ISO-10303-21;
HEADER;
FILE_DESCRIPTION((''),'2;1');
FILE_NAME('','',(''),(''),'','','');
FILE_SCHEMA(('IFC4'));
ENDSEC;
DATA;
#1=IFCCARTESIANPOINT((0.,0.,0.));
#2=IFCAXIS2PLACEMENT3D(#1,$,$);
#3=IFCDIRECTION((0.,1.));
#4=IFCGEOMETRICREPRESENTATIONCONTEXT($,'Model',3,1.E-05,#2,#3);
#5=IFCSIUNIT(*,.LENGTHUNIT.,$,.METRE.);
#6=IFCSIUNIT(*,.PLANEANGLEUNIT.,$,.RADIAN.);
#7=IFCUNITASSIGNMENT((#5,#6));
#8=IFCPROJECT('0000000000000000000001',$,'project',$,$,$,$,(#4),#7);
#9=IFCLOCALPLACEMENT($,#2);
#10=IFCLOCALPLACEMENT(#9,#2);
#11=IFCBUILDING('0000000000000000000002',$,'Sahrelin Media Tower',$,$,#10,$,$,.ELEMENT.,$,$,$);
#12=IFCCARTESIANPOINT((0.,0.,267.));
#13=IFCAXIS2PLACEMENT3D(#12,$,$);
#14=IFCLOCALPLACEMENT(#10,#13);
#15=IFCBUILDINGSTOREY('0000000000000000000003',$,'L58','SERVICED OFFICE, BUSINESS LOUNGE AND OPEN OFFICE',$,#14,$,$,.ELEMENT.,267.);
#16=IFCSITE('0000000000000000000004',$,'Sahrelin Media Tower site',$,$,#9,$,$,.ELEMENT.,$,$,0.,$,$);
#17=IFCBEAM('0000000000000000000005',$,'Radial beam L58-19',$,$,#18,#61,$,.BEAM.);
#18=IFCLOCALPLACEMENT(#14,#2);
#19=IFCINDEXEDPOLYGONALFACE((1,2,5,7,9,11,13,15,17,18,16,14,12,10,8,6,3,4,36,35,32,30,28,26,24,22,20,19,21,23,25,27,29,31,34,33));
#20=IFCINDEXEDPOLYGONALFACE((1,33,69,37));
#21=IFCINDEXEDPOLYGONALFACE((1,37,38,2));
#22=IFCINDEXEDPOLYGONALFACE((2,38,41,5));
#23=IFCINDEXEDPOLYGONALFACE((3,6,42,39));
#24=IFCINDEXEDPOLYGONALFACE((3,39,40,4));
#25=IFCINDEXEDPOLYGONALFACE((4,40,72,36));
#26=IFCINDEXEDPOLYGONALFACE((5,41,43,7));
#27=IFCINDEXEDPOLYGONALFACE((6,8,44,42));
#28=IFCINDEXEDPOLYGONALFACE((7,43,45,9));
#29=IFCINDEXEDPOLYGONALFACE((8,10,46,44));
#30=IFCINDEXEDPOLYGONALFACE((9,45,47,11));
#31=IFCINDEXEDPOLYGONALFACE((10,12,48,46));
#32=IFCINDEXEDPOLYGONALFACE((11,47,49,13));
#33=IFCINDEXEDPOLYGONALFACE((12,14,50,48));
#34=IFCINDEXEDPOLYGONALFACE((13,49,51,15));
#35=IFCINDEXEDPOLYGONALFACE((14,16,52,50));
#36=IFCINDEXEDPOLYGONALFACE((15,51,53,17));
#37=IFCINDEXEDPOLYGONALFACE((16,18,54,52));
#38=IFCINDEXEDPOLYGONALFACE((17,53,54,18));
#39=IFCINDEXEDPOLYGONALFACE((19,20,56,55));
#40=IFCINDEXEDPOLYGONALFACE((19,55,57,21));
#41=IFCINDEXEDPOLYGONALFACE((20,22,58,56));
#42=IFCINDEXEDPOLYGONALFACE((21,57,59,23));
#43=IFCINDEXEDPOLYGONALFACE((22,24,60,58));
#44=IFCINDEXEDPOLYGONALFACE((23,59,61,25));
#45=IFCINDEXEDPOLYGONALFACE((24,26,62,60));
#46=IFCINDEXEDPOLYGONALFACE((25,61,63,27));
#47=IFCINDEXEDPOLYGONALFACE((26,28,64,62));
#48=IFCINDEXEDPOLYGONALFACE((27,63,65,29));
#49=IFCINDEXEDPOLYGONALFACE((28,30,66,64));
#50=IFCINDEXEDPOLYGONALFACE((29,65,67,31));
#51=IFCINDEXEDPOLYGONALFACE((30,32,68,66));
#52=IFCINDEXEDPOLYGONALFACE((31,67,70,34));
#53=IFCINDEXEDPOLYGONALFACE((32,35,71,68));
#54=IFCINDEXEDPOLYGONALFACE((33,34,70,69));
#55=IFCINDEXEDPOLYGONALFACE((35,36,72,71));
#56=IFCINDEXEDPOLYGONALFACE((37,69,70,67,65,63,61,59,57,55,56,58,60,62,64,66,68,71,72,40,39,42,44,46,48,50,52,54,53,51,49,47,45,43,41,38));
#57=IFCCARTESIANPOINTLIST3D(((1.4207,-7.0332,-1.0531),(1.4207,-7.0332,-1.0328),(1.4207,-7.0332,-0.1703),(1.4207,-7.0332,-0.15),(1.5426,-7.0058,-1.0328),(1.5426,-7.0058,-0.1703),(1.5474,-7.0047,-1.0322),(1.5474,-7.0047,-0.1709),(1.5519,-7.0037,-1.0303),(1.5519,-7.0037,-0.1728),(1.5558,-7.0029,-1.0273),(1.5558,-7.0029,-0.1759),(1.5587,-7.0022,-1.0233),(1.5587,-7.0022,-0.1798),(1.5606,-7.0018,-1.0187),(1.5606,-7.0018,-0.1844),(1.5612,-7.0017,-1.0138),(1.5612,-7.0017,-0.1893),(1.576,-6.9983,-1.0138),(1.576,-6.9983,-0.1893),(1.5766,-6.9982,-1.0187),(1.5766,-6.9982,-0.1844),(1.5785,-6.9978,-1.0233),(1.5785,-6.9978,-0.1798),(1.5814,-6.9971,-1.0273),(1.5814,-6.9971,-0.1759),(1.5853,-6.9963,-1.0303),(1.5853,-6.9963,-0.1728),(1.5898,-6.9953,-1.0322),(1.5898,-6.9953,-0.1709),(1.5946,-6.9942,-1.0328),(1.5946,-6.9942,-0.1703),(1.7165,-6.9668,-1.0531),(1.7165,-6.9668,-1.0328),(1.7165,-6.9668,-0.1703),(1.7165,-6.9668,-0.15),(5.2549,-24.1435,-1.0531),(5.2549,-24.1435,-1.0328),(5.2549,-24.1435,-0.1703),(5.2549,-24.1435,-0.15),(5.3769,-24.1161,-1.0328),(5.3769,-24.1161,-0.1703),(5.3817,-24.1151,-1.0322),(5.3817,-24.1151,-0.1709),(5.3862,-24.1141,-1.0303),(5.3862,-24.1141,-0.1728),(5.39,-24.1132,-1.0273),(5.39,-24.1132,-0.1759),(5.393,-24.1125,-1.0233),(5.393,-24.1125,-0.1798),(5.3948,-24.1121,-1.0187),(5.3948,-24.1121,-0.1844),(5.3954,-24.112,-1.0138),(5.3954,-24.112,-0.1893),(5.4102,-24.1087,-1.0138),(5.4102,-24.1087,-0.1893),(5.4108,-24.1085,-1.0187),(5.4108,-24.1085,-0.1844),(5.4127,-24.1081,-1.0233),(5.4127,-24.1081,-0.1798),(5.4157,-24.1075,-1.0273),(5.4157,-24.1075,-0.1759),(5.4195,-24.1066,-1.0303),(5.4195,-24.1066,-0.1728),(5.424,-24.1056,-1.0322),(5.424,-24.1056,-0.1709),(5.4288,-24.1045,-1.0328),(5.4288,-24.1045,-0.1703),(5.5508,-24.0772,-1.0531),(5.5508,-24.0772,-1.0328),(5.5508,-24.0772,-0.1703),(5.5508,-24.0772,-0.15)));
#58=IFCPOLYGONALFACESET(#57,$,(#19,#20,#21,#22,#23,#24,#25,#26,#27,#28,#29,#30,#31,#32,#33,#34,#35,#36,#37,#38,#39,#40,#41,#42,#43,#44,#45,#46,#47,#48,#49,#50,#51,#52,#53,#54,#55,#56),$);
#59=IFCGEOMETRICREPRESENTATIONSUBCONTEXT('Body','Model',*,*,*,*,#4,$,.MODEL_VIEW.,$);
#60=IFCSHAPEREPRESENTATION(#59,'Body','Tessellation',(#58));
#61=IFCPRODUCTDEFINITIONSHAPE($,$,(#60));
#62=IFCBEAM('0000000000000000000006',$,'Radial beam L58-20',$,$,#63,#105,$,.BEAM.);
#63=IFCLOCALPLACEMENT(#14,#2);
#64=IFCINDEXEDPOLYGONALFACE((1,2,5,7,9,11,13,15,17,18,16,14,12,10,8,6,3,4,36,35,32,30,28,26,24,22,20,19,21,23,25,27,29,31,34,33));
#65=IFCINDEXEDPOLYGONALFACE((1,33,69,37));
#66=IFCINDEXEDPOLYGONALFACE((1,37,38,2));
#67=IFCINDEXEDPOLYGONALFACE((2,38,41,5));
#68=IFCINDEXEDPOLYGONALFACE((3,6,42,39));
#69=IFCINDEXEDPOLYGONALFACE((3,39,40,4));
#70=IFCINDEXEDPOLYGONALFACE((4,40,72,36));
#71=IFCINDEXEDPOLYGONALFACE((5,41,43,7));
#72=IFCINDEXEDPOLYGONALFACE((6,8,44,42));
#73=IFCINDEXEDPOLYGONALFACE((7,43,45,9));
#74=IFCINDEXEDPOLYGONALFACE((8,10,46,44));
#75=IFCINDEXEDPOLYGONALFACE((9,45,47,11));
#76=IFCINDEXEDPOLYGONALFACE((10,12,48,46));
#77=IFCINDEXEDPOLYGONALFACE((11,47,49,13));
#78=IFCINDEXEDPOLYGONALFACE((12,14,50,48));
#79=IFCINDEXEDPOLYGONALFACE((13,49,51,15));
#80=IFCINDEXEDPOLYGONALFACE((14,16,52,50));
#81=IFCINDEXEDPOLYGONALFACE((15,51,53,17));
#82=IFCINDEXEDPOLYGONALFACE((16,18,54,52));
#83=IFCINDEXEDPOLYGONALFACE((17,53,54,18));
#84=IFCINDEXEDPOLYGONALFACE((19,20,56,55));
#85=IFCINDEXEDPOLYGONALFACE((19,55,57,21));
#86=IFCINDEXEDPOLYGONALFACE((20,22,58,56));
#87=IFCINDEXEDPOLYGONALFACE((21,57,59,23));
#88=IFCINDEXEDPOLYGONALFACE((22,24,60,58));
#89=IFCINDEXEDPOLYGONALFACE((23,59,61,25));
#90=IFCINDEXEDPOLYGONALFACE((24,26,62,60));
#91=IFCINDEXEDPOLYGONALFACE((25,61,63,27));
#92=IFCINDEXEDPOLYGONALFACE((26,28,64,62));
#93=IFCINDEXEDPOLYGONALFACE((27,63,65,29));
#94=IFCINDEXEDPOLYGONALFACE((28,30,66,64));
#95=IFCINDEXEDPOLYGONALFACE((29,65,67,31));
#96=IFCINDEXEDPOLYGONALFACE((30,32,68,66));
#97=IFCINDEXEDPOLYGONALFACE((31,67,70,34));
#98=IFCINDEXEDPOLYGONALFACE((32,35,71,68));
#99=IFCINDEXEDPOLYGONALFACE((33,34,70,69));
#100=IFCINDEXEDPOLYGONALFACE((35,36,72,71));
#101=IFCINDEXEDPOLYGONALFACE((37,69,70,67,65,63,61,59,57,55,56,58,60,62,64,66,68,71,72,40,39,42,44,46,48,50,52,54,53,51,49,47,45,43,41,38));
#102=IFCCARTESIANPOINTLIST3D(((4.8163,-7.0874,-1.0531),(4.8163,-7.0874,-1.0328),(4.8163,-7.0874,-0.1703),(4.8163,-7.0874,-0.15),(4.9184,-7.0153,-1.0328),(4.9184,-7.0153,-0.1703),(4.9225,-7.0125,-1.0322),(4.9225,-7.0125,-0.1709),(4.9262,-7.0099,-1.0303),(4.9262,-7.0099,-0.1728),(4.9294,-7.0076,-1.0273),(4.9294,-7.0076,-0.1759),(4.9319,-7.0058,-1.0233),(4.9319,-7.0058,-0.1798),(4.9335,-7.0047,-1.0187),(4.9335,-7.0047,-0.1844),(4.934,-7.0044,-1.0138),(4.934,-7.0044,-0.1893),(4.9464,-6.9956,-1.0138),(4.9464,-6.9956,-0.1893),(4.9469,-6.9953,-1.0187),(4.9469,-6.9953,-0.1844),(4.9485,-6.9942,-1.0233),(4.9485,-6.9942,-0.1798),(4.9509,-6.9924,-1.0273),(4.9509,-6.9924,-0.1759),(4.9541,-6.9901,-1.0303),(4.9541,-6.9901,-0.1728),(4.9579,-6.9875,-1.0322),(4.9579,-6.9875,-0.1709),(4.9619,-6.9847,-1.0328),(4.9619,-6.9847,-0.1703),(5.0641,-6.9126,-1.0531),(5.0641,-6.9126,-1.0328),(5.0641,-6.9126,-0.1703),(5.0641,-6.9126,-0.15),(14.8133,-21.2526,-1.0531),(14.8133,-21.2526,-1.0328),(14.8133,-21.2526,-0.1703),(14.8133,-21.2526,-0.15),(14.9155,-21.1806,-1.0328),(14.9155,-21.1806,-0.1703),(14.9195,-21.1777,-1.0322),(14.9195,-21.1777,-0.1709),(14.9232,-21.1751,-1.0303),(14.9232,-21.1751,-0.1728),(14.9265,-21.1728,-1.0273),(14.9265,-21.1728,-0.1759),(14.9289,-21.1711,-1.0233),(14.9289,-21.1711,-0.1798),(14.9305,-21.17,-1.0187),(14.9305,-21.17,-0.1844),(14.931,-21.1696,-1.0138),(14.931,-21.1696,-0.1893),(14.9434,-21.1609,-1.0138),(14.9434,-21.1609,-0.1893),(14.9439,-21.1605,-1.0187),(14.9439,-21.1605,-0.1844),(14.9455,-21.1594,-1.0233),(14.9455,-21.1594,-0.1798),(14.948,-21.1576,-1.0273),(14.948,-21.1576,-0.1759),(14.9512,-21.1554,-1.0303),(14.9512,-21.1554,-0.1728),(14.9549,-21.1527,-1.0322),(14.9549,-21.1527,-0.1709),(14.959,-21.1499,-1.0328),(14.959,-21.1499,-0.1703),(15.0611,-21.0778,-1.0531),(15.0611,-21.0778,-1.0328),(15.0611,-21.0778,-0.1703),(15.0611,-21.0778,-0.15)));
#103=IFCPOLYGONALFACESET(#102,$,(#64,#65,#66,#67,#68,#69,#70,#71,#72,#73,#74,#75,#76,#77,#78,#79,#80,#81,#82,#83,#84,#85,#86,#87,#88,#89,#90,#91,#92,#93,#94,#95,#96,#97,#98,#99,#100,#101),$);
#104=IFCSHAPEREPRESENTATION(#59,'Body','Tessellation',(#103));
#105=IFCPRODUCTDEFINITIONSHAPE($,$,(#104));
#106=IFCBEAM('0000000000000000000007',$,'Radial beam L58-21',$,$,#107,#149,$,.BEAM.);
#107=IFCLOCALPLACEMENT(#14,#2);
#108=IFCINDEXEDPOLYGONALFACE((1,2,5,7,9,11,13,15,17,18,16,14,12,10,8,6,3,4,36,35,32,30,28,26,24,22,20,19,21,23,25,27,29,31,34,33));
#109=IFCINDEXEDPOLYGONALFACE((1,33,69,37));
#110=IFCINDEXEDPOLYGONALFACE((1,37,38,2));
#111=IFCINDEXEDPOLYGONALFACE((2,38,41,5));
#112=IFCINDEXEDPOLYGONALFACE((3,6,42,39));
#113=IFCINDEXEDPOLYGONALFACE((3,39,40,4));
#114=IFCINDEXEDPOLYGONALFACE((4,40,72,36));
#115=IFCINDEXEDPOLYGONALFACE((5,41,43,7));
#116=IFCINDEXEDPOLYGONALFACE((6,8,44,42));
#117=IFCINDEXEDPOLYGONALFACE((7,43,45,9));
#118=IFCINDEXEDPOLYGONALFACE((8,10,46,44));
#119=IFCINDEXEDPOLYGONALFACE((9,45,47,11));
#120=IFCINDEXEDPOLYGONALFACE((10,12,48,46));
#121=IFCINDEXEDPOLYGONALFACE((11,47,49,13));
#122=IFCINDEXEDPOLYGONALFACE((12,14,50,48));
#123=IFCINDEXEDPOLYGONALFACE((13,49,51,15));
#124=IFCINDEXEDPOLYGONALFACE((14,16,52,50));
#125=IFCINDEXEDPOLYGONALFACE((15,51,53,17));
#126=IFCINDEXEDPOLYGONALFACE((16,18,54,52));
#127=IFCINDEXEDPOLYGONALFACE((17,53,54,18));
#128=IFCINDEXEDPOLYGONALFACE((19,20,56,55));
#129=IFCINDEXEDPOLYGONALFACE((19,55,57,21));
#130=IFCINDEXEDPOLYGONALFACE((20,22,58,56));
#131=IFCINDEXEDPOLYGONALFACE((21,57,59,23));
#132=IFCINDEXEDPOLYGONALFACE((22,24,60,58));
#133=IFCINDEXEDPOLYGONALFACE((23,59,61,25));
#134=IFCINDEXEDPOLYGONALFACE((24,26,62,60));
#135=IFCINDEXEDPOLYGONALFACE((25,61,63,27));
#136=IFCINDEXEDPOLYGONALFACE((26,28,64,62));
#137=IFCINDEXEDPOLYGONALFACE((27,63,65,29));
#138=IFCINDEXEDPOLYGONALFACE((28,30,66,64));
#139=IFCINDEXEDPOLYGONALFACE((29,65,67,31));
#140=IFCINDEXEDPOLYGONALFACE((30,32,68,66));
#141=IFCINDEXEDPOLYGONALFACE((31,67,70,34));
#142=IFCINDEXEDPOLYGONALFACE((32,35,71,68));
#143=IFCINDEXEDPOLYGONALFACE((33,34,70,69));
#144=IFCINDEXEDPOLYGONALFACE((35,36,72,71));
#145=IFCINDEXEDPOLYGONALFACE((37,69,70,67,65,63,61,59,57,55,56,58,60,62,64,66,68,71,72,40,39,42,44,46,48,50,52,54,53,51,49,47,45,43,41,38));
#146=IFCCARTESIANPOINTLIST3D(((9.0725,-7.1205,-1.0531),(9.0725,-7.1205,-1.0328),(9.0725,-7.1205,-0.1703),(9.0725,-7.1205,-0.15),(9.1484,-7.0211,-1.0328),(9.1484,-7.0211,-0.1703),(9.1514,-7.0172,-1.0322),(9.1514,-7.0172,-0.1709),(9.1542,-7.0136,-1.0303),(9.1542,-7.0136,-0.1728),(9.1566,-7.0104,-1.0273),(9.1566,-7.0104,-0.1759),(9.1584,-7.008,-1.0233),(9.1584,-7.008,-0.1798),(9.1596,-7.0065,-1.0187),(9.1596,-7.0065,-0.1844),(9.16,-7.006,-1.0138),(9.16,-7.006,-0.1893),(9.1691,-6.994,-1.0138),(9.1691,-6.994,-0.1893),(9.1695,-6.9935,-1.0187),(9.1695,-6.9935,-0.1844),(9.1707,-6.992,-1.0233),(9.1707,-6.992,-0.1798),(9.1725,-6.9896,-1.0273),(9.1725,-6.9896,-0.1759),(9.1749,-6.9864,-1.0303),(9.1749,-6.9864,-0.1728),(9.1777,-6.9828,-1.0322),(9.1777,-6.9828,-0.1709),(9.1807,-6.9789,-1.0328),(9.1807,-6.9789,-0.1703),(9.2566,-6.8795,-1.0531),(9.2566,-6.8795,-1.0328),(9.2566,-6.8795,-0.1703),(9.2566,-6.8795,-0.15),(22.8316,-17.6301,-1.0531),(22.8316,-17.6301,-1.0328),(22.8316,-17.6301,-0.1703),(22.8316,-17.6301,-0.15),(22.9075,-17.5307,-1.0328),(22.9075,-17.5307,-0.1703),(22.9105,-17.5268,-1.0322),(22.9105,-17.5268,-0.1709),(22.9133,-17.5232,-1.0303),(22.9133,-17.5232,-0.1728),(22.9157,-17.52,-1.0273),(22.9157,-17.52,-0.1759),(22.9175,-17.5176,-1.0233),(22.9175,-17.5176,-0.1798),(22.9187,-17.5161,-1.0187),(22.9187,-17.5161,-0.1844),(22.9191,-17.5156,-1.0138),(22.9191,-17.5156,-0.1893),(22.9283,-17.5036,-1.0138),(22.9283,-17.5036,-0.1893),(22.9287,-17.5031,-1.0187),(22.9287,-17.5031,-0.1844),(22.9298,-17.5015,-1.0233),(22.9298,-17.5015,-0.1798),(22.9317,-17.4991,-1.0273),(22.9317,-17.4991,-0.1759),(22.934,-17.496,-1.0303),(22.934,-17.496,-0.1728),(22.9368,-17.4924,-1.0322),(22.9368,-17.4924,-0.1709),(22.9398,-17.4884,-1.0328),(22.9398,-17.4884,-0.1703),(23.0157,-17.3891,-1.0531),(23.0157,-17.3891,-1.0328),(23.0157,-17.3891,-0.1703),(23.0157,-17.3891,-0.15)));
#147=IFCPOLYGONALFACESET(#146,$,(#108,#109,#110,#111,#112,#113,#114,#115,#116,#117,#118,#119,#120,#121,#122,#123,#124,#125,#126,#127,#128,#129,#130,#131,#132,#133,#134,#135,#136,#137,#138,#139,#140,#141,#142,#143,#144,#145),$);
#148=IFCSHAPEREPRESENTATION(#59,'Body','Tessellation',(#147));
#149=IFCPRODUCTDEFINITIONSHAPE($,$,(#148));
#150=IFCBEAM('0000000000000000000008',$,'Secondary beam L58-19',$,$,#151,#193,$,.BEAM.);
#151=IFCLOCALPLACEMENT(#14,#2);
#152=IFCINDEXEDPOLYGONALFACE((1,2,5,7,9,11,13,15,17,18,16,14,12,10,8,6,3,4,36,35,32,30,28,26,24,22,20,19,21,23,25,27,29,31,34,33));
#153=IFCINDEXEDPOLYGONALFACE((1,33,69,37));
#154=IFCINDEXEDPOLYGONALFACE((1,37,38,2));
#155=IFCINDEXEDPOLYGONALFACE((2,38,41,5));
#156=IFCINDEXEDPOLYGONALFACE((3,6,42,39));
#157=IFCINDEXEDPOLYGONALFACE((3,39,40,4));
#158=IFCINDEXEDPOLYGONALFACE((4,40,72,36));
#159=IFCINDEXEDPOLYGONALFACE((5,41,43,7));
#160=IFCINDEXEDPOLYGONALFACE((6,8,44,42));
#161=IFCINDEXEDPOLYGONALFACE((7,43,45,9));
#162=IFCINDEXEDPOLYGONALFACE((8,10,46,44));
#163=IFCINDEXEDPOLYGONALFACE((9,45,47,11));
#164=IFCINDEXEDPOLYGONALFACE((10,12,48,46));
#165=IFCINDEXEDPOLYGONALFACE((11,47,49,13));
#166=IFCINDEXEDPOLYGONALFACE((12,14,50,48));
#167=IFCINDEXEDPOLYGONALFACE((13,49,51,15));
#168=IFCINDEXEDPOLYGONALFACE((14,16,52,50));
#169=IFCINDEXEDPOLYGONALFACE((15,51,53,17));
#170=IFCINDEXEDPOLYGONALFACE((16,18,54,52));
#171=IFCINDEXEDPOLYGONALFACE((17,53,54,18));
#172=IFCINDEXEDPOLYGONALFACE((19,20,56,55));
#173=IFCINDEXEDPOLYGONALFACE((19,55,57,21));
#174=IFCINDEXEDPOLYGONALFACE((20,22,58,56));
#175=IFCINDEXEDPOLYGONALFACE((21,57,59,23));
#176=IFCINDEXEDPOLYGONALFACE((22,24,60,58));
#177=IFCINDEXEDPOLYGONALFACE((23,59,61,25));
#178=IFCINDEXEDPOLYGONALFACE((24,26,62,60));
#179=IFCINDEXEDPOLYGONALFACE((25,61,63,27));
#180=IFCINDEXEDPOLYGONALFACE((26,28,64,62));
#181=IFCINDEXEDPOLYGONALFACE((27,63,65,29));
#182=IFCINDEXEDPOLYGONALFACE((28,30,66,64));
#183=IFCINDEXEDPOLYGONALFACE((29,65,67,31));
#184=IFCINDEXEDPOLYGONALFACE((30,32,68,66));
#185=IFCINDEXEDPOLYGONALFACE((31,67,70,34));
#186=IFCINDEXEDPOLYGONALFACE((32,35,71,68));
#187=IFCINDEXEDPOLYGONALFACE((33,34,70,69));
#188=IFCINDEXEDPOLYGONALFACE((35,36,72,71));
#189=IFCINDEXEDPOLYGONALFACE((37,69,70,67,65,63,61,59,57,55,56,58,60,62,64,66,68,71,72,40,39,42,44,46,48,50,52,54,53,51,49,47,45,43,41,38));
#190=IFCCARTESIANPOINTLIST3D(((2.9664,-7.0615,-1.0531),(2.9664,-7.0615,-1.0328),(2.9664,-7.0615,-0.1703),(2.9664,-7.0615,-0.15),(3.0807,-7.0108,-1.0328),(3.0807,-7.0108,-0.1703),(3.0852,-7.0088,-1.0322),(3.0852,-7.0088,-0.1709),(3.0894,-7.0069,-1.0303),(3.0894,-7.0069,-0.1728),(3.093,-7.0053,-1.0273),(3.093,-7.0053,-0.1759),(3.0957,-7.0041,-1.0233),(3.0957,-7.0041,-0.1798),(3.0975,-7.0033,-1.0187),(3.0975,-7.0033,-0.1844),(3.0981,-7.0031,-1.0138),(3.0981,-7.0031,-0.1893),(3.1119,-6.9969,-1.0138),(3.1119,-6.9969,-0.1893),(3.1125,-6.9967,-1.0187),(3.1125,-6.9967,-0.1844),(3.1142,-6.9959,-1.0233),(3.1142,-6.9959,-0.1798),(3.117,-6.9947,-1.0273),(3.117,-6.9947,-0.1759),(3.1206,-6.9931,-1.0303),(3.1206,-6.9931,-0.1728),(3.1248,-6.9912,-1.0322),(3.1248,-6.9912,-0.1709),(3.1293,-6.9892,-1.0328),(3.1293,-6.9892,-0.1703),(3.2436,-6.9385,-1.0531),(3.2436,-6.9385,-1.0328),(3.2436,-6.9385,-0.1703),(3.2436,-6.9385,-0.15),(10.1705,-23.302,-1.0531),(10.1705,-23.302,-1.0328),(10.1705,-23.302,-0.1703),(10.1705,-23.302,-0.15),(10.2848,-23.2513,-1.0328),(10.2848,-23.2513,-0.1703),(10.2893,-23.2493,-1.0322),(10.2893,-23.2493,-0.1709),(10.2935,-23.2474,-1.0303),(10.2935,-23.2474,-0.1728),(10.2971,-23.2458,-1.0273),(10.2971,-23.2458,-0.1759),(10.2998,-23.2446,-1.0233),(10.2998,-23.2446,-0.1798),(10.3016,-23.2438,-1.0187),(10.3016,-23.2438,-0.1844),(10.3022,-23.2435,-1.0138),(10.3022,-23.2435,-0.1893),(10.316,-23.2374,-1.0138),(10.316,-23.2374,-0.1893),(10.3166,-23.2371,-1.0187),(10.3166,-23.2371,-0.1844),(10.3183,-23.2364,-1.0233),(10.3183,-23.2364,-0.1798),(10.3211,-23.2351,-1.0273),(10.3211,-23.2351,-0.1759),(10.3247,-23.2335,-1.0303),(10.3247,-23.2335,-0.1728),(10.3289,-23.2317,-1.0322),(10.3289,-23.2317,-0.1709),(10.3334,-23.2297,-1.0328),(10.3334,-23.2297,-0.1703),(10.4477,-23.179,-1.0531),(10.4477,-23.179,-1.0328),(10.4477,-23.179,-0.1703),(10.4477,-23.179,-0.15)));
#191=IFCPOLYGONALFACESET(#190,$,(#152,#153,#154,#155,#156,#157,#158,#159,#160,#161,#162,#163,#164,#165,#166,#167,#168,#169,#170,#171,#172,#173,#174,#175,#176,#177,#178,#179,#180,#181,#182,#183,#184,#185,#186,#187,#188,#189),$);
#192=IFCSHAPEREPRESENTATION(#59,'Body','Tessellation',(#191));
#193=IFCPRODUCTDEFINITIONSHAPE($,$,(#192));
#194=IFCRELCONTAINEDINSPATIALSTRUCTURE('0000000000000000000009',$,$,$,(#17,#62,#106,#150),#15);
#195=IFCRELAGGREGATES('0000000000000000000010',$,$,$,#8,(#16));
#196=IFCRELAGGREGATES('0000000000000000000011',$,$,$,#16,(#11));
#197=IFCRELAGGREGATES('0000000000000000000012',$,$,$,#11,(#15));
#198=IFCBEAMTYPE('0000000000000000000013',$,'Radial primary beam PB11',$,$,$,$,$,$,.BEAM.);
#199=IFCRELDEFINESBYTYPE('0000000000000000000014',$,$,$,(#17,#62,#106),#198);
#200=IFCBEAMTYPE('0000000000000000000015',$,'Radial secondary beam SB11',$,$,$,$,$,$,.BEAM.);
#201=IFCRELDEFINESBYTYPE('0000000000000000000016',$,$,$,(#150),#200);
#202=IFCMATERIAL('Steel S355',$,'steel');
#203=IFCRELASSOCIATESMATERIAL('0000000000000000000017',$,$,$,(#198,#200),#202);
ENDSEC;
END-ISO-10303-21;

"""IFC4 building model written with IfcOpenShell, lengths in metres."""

from ifc_helpers import new_model, si_unit, direction, frame, origin, origin_2d, place, context, subcontext, project, spatial, i_section, extrude, material, material_profile, profile_set, type_object, element, save


model = new_model("IFC4")

# Units and contexts
model_context = context("Model", 3, precision=1e-05, world=origin(), true_north=direction((0.0, 1.0)))
body_context = subcontext(model_context, "Body", "Model", "MODEL_VIEW")
ifc_project = project(units=[si_unit("LENGTHUNIT", "METRE"), si_unit("PLANEANGLEUNIT", "RADIAN")], contexts=[model_context])

# Site, building, storey
site_placement = place(None, origin())
site = spatial("IfcSite", under=ifc_project, at=site_placement, Name="Sahrelin Media Tower site", CompositionType="ELEMENT", RefElevation=0.0)
building_placement = place(site_placement, origin())
building = spatial("IfcBuilding", under=site, at=building_placement, Name="Sahrelin Media Tower", CompositionType="ELEMENT")
storey_placement = place(building_placement, frame((0.0, 0.0, 267.0)))
storey = spatial("IfcBuildingStorey", under=building, at=storey_placement, Name="L58", Description="SERVICED OFFICE, BUSINESS LOUNGE AND OPEN OFFICE", CompositionType="ELEMENT", Elevation=267.0)

# Shared definitions
ifc_material_1 = material(Name="Steel S355", Category="steel")

# Beams
ifc_material_profile_1 = material_profile(ifc_material_1, i_section(OverallWidth=0.3032, OverallDepth=0.9031, WebThickness=0.0151, FlangeThickness=0.0203, FilletRadius=0.019, at=origin_2d()), Name="UB 914x305x201")
ifc_profile_set_1 = profile_set([ifc_material_profile_1], Name="Steel S355")
beam_type_1 = type_object("IfcBeamType", Name="Radial primary beam PB11", PredefinedType="BEAM", material=ifc_profile_set_1)
beam_1_placement = place(storey_placement, frame((1.5686, -7.0, -0.6016), z_axis=(0.218665, -0.9758, 0.0), x_axis=(0.9758, 0.218665, 0.0)))
element("IfcBeam", 1, at=beam_1_placement, inside=storey, type_object=beam_type_1, Name="Radial beam L58-19", PredefinedType="BEAM", context=body_context, shape_type="SweptSolid", body=[
    extrude(i_section(OverallWidth=0.3032, OverallDepth=0.9031, WebThickness=0.0151, FlangeThickness=0.0203, FilletRadius=0.019, at=origin_2d()), origin(), (0.0, 0.0, 1.0), 17.5347),
])
beam_2_placement = place(storey_placement, frame((4.9402, -7.0, -0.6016), z_axis=(0.576608, -0.817021, 0.0), x_axis=(0.817021, 0.576608, 0.0)))
element("IfcBeam", 2, at=beam_2_placement, inside=storey, type_object=beam_type_1, Name="Radial beam L58-20", PredefinedType="BEAM", context=body_context, shape_type="SweptSolid", body=[
    extrude(i_section(OverallWidth=0.3032, OverallDepth=0.9031, WebThickness=0.0151, FlangeThickness=0.0203, FilletRadius=0.019, at=origin_2d()), origin(), (0.0, 0.0, 1.0), 17.3376),
])
beam_3_placement = place(storey_placement, frame((9.1646, -7.0, -0.6016), z_axis=(0.794695, -0.607009, 0.0), x_axis=(0.607009, 0.794695, 0.0)))
element("IfcBeam", 3, at=beam_3_placement, inside=storey, type_object=beam_type_1, Name="Radial beam L58-21", PredefinedType="BEAM", context=body_context, shape_type="SweptSolid", body=[
    extrude(i_section(OverallWidth=0.3032, OverallDepth=0.9031, WebThickness=0.0151, FlangeThickness=0.0203, FilletRadius=0.019, at=origin_2d()), origin(), (0.0, 0.0, 1.0), 17.3137),
])
ifc_material_profile_2 = material_profile(ifc_material_1, i_section(OverallWidth=0.3032, OverallDepth=0.9031, WebThickness=0.0151, FlangeThickness=0.0203, FilletRadius=0.019, at=origin_2d()), Name="UB 914x305x201")
ifc_profile_set_2 = profile_set([ifc_material_profile_2], Name="Steel S355")
beam_type_2 = type_object("IfcBeamType", Name="Radial secondary beam SB11", PredefinedType="BEAM", material=ifc_profile_set_2)
beam_4_placement = place(storey_placement, frame((3.105, -7.0, -0.6016), z_axis=(0.405486, -0.914101, 0.0), x_axis=(0.914101, 0.405486, 0.0)))
element("IfcBeam", 4, at=beam_4_placement, inside=storey, type_object=beam_type_2, Name="Secondary beam L58-19", PredefinedType="BEAM", context=body_context, shape_type="SweptSolid", body=[
    extrude(i_section(OverallWidth=0.3032, OverallDepth=0.9031, WebThickness=0.0151, FlangeThickness=0.0203, FilletRadius=0.019, at=origin_2d()), origin(), (0.0, 0.0, 1.0), 17.7666),
])

save(model, "model.ifc")
